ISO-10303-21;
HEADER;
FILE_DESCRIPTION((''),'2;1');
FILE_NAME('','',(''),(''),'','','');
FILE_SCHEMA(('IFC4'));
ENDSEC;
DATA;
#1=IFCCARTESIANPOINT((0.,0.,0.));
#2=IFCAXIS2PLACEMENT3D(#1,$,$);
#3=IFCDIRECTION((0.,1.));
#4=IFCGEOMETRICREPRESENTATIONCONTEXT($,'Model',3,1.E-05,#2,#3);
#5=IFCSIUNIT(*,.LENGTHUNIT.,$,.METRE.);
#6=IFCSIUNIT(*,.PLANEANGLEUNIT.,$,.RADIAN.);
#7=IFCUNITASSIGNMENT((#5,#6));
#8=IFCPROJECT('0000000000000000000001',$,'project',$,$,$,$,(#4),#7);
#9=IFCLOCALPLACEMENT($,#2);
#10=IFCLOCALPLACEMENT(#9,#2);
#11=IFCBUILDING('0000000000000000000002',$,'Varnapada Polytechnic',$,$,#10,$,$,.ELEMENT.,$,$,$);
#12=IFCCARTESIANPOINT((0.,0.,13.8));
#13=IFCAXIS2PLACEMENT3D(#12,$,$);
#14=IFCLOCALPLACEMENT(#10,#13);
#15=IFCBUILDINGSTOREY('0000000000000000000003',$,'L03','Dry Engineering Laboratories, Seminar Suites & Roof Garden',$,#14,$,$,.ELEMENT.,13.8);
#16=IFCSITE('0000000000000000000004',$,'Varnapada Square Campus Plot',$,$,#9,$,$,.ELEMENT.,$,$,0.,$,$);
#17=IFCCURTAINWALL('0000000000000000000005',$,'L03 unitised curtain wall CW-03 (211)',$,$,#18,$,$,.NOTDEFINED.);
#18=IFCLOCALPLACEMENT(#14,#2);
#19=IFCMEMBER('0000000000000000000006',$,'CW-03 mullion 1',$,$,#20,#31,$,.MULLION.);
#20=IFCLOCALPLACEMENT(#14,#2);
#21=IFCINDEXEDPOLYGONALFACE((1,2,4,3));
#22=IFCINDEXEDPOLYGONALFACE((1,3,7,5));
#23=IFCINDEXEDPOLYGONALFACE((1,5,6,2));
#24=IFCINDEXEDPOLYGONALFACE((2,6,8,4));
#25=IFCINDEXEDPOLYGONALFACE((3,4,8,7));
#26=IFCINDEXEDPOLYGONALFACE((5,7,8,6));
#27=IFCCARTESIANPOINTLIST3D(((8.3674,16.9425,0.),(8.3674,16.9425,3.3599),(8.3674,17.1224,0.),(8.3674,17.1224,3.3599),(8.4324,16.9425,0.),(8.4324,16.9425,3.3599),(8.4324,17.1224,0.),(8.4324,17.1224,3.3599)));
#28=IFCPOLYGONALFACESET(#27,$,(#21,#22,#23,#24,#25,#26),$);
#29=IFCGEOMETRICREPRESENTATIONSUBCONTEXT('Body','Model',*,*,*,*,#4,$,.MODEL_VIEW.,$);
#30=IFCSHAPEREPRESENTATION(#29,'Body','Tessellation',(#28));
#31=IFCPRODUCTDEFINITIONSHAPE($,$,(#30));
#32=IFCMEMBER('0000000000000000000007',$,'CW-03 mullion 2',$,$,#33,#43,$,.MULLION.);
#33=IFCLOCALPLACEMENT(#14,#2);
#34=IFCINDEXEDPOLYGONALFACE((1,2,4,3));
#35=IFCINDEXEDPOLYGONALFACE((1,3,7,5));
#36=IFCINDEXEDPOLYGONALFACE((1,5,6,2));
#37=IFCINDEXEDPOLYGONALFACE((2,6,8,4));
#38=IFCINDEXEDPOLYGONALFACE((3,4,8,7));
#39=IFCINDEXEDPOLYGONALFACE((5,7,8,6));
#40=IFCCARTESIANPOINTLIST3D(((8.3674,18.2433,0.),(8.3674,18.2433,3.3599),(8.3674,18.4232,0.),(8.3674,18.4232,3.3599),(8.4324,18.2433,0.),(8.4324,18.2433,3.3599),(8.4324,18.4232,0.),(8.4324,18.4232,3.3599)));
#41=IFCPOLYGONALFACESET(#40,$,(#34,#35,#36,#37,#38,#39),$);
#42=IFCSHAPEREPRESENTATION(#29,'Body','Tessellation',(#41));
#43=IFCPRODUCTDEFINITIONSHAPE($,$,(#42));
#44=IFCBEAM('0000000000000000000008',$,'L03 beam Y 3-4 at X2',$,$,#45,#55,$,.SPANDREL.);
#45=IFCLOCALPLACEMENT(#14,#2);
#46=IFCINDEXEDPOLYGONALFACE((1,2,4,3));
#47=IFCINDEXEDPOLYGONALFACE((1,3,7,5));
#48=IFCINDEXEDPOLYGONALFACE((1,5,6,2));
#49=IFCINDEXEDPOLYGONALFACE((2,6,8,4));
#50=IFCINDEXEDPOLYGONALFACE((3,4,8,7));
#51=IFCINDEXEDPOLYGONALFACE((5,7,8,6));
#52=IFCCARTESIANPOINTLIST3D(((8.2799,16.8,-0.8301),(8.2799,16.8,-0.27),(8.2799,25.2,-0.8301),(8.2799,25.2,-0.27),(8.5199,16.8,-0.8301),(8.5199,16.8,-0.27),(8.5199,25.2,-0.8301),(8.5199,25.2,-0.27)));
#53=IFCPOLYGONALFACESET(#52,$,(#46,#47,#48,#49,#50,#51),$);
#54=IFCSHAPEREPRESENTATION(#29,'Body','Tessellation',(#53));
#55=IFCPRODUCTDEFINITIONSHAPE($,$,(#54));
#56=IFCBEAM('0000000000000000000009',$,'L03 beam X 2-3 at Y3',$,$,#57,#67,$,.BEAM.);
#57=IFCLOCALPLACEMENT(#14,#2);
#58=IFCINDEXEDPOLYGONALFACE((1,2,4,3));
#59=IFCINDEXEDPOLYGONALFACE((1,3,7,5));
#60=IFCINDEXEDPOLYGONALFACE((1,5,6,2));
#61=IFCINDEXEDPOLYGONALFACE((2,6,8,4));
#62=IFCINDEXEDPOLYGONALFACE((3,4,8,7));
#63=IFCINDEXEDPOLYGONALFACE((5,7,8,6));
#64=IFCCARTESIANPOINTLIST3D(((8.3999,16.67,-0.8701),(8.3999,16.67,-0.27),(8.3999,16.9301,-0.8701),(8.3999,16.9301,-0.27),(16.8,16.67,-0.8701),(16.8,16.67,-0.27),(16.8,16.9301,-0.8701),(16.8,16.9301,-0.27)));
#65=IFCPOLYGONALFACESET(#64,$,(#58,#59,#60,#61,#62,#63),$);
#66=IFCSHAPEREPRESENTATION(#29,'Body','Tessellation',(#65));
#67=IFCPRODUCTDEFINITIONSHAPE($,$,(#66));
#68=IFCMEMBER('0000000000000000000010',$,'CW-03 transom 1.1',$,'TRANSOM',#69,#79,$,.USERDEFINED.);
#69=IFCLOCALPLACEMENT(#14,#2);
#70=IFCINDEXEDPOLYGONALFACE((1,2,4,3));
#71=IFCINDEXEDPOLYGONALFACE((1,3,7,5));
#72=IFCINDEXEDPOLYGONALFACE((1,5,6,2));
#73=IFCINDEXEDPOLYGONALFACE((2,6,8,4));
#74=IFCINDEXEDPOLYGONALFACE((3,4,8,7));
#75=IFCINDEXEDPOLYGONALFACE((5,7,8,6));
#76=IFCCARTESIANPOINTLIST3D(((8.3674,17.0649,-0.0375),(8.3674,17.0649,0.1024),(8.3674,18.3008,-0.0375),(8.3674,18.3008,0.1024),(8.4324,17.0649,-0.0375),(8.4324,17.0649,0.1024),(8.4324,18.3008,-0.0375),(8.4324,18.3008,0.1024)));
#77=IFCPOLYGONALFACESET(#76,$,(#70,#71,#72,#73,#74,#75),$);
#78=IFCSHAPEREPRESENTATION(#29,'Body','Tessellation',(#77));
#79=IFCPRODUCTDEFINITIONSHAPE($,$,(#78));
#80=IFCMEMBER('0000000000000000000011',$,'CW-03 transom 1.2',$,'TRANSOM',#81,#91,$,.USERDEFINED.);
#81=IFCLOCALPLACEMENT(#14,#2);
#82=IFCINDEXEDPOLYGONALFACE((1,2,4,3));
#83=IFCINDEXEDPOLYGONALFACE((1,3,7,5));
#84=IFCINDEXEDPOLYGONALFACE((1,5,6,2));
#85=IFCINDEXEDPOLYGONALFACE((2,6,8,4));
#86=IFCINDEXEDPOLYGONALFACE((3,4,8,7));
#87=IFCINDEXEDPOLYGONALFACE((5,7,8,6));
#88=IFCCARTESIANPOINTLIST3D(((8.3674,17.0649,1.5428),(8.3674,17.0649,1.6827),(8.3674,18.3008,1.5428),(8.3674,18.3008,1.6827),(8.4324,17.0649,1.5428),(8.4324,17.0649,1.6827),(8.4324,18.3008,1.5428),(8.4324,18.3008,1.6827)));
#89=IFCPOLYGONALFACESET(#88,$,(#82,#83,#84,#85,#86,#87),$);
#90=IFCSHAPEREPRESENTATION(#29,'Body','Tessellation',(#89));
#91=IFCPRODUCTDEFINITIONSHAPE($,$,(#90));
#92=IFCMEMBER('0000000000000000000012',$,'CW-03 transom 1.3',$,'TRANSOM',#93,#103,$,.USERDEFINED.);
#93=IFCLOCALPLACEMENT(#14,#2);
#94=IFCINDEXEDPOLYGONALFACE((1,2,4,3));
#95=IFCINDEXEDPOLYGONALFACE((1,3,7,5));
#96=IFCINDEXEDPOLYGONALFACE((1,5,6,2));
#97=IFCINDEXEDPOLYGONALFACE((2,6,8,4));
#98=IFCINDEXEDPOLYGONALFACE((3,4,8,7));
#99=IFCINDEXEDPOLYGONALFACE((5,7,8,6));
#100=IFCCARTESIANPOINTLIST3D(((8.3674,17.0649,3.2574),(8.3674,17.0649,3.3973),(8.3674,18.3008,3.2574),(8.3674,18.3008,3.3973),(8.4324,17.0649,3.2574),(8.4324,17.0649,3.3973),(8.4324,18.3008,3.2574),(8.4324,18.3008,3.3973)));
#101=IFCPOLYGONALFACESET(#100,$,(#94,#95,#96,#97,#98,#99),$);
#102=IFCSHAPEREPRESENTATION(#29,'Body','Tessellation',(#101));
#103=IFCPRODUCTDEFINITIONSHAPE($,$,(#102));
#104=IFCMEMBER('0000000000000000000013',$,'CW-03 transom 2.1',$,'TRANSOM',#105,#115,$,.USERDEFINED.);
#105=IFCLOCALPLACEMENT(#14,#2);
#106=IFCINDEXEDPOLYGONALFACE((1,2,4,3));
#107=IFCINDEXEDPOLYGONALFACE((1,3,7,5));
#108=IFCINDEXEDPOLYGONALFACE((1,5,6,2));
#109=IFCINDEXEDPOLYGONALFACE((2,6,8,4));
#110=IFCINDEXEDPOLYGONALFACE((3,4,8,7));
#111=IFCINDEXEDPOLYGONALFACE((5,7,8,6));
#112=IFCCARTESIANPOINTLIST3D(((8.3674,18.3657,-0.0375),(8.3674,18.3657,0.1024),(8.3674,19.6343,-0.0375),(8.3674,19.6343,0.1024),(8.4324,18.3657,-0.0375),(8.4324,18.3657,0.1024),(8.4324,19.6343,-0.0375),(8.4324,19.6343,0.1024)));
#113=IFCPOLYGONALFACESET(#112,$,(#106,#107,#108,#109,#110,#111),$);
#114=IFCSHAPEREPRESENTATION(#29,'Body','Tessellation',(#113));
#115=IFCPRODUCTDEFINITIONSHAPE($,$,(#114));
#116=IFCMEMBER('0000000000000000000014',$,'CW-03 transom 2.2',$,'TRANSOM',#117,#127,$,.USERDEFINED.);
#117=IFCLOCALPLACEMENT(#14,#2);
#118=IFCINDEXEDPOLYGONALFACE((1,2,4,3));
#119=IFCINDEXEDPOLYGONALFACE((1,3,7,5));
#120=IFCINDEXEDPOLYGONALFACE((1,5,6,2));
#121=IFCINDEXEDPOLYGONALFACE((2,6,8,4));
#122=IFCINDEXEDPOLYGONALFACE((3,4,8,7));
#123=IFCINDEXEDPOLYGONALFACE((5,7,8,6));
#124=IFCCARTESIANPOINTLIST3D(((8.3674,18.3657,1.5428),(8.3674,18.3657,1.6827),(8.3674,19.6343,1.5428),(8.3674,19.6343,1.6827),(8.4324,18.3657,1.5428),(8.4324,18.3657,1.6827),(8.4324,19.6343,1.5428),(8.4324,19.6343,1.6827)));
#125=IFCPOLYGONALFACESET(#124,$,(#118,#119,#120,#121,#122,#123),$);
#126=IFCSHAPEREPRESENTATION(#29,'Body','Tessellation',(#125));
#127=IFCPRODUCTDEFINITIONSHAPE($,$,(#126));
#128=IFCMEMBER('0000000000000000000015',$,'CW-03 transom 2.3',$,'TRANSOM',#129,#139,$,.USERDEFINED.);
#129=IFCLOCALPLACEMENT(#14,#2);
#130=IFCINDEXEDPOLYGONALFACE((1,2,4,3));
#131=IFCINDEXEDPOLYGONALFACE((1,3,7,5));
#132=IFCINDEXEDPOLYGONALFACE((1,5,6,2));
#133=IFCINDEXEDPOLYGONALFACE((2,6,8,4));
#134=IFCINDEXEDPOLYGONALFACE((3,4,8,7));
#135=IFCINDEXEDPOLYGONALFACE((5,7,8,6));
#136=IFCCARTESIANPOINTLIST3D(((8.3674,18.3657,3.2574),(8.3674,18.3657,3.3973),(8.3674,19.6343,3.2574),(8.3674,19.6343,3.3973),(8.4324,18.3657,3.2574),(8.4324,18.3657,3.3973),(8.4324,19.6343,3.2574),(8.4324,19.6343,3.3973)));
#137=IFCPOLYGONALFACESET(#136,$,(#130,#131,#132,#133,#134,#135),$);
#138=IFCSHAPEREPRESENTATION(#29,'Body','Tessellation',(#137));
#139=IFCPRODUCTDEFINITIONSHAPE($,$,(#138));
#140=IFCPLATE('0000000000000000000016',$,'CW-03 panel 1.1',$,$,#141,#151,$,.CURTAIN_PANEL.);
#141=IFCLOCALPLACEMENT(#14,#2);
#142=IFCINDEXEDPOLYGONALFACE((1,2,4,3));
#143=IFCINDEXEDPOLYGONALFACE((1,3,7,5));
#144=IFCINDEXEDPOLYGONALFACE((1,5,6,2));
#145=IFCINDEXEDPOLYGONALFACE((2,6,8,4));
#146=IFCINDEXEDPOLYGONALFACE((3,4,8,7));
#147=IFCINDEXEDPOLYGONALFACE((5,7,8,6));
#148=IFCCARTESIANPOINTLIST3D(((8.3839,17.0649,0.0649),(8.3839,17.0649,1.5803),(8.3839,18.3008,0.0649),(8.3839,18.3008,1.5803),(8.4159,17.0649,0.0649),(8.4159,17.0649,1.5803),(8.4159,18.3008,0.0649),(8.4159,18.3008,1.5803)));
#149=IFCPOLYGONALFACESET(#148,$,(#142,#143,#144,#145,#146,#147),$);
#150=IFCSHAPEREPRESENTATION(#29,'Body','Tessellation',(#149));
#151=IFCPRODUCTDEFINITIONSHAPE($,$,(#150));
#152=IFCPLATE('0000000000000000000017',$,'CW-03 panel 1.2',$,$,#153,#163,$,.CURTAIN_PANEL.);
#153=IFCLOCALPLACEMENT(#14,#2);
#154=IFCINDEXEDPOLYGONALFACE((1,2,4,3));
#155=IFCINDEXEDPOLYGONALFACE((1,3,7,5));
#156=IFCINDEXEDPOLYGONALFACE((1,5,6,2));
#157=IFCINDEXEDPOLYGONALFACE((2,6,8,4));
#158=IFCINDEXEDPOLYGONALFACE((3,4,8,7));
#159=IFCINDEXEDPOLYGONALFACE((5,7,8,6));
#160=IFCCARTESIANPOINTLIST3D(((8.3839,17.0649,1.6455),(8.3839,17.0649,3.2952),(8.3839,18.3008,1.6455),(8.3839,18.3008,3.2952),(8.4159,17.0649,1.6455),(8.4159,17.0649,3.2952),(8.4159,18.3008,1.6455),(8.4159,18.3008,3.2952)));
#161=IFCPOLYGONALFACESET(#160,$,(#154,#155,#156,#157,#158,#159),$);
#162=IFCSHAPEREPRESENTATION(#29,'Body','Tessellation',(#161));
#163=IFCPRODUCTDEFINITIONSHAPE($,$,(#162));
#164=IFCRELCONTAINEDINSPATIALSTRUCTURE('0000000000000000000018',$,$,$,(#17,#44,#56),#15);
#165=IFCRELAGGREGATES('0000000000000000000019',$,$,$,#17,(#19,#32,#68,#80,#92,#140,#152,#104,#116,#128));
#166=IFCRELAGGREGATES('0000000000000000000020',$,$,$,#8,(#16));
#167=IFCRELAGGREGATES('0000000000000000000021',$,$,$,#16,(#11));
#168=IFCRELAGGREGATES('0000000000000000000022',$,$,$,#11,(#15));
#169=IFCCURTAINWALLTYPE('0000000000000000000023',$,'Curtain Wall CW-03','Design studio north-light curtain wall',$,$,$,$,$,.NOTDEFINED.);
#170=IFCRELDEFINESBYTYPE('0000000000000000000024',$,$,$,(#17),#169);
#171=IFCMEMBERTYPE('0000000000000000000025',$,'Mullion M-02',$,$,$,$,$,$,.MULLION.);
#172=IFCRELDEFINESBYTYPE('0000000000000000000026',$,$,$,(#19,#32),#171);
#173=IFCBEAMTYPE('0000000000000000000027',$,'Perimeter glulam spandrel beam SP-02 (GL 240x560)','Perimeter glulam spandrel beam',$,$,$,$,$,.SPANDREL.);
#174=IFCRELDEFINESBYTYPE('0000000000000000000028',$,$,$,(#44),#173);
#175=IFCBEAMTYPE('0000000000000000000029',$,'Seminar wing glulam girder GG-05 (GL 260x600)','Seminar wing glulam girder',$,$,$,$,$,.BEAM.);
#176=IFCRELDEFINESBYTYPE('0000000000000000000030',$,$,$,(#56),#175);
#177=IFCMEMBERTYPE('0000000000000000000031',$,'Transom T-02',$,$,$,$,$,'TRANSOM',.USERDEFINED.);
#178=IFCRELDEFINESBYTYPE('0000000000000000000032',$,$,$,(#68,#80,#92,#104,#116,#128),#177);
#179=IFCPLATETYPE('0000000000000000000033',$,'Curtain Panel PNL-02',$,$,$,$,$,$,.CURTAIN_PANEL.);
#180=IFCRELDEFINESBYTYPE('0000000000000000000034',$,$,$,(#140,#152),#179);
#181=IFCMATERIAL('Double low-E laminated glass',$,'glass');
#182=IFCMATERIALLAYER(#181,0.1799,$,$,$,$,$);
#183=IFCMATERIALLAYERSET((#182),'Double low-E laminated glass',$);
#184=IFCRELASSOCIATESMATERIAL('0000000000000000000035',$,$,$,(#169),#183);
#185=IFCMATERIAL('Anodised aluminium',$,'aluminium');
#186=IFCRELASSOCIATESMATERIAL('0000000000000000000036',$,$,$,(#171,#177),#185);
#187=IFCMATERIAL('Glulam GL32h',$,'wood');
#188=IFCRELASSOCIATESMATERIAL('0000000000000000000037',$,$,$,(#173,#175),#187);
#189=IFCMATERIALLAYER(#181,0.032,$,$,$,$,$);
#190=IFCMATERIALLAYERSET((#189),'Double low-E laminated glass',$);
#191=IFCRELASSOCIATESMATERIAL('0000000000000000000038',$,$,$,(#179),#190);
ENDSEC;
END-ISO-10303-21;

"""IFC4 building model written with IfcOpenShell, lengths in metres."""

from ifc_helpers import new_model, si_unit, direction, frame, origin, origin_2d, place, context, subcontext, project, spatial, rectangle, extrude, material, layer, layer_set, material_profile, profile_set, type_object, element, aggregate, save


model = new_model("IFC4")

# Units and contexts
model_context = context("Model", 3, precision=1e-05, world=origin(), true_north=direction((0.0, 1.0)))
body_context = subcontext(model_context, "Body", "Model", "MODEL_VIEW")
ifc_project = project(units=[si_unit("LENGTHUNIT", "METRE"), si_unit("PLANEANGLEUNIT", "RADIAN")], contexts=[model_context])

# Site, building, storey
site_placement = place(None, origin())
site = spatial("IfcSite", under=ifc_project, at=site_placement, Name="Varnapada Square Campus Plot", CompositionType="ELEMENT", RefElevation=0.0)
building_placement = place(site_placement, origin())
building = spatial("IfcBuilding", under=site, at=building_placement, Name="Varnapada Polytechnic", CompositionType="ELEMENT")
storey_placement = place(building_placement, frame((0.0, 0.0, 13.8)))
storey = spatial("IfcBuildingStorey", under=building, at=storey_placement, Name="L03", Description="Dry Engineering Laboratories, Seminar Suites & Roof Garden", CompositionType="ELEMENT", Elevation=13.8)

# Curtain wall, members
ifc_material_1 = material(Name="Double low-E laminated glass", Category="glass")
ifc_layer_1 = layer(ifc_material_1, 0.1799)
ifc_layer_set_1 = layer_set([ifc_layer_1], Name="Double low-E laminated glass")
curtain_wall_type = type_object("IfcCurtainWallType", Name="Curtain Wall CW-03", Description="Design studio north-light curtain wall", PredefinedType="NOTDEFINED", material=ifc_layer_set_1)
curtain_wall_placement = place(storey_placement, origin())
curtain_wall = element("IfcCurtainWall", 1, at=curtain_wall_placement, inside=storey, type_object=curtain_wall_type, Name="L03 unitised curtain wall CW-03 (211)", PredefinedType="NOTDEFINED")
ifc_material_2 = material(Name="Anodised aluminium", Category="aluminium")
ifc_material_profile_1 = material_profile(ifc_material_2, rectangle(XDim=0.0649, YDim=0.1799, at=origin_2d()), Name="ALU M65x180")
ifc_profile_set_1 = profile_set([ifc_material_profile_1], Name="Anodised aluminium")
member_type_1 = type_object("IfcMemberType", Name="Mullion M-02", PredefinedType="MULLION", material=ifc_profile_set_1)
member_1_placement = place(storey_placement, frame((8.3999, 17.0325, 0.0), z_axis=(0.0, 0.0, 1.0), x_axis=(-1.0, 0.0, 0.0)))
member_1 = element("IfcMember", 2, at=member_1_placement, type_object=member_type_1, Name="CW-03 mullion 1", PredefinedType="MULLION", context=body_context, shape_type="SweptSolid", body=[
    extrude(rectangle(XDim=0.0649, YDim=0.1799, at=origin_2d()), origin(), (0.0, 0.0, 1.0), 3.3599),
])
member_2_placement = place(storey_placement, frame((8.3999, 18.3333, 0.0), z_axis=(0.0, 0.0, 1.0), x_axis=(-1.0, 0.0, 0.0)))
member_2 = element("IfcMember", 3, at=member_2_placement, type_object=member_type_1, Name="CW-03 mullion 2", PredefinedType="MULLION", context=body_context, shape_type="SweptSolid", body=[
    extrude(rectangle(XDim=0.0649, YDim=0.1799, at=origin_2d()), origin(), (0.0, 0.0, 1.0), 3.3599),
])

# Beams
ifc_material_3 = material(Name="Glulam GL32h", Category="wood")
ifc_material_profile_2 = material_profile(ifc_material_3, rectangle(XDim=0.24, YDim=0.5601, at=origin_2d()), Name="GL 240x560")
ifc_profile_set_2 = profile_set([ifc_material_profile_2], Name="Glulam GL32h")
beam_type_1 = type_object("IfcBeamType", Name="Perimeter glulam spandrel beam SP-02 (GL 240x560)", Description="Perimeter glulam spandrel beam", PredefinedType="SPANDREL", material=ifc_profile_set_2)
beam_1_placement = place(storey_placement, frame((8.3999, 16.8, -0.55), z_axis=(0.0, 1.0, 0.0), x_axis=(-1.0, 0.0, 0.0)))
element("IfcBeam", 4, at=beam_1_placement, inside=storey, type_object=beam_type_1, Name="L03 beam Y 3-4 at X2", PredefinedType="SPANDREL", context=body_context, shape_type="SweptSolid", body=[
    extrude(rectangle(XDim=0.24, YDim=0.5601, at=origin_2d()), origin(), (0.0, 0.0, 1.0), 8.3999),
])
ifc_material_profile_3 = material_profile(ifc_material_3, rectangle(XDim=0.26, YDim=0.6001, at=origin_2d()), Name="GL 260x600")
ifc_profile_set_3 = profile_set([ifc_material_profile_3], Name="Glulam GL32h")
beam_type_2 = type_object("IfcBeamType", Name="Seminar wing glulam girder GG-05 (GL 260x600)", Description="Seminar wing glulam girder", PredefinedType="BEAM", material=ifc_profile_set_3)
beam_2_placement = place(storey_placement, frame((8.3999, 16.8, -0.5701), z_axis=(1.0, 0.0, 0.0), x_axis=(0.0, 1.0, 0.0)))
element("IfcBeam", 5, at=beam_2_placement, inside=storey, type_object=beam_type_2, Name="L03 beam X 2-3 at Y3", PredefinedType="BEAM", context=body_context, shape_type="SweptSolid", body=[
    extrude(rectangle(XDim=0.26, YDim=0.6001, at=origin_2d()), origin(), (0.0, 0.0, 1.0), 8.4001),
])

# Members
ifc_material_profile_4 = material_profile(ifc_material_2, rectangle(XDim=0.0649, YDim=0.1399, at=origin_2d()), Name="ALU T65x140")
ifc_profile_set_4 = profile_set([ifc_material_profile_4], Name="Anodised aluminium")
member_type_2 = type_object("IfcMemberType", Name="Transom T-02", ElementType="TRANSOM", PredefinedType="USERDEFINED", material=ifc_profile_set_4)
member_3_placement = place(storey_placement, frame((8.3999, 17.0649, 0.0325), z_axis=(0.0, 1.0, 0.0), x_axis=(-1.0, 0.0, 0.0)))
member_3 = element("IfcMember", 6, at=member_3_placement, type_object=member_type_2, Name="CW-03 transom 1.1", ObjectType="TRANSOM", PredefinedType="USERDEFINED", context=body_context, shape_type="SweptSolid", body=[
    extrude(rectangle(XDim=0.0649, YDim=0.1399, at=origin_2d()), origin(), (0.0, 0.0, 1.0), 1.2358),
])
member_4_placement = place(storey_placement, frame((8.3999, 17.0649, 1.6128), z_axis=(0.0, 1.0, 0.0), x_axis=(-1.0, 0.0, 0.0)))
member_4 = element("IfcMember", 7, at=member_4_placement, type_object=member_type_2, Name="CW-03 transom 1.2", ObjectType="TRANSOM", PredefinedType="USERDEFINED", context=body_context, shape_type="SweptSolid", body=[
    extrude(rectangle(XDim=0.0649, YDim=0.1399, at=origin_2d()), origin(), (0.0, 0.0, 1.0), 1.2358),
])
member_5_placement = place(storey_placement, frame((8.3999, 17.0649, 3.3274), z_axis=(0.0, 1.0, 0.0), x_axis=(-1.0, 0.0, 0.0)))
member_5 = element("IfcMember", 8, at=member_5_placement, type_object=member_type_2, Name="CW-03 transom 1.3", ObjectType="TRANSOM", PredefinedType="USERDEFINED", context=body_context, shape_type="SweptSolid", body=[
    extrude(rectangle(XDim=0.0649, YDim=0.1399, at=origin_2d()), origin(), (0.0, 0.0, 1.0), 1.2358),
])
member_6_placement = place(storey_placement, frame((8.3999, 18.3657, 0.0325), z_axis=(0.0, 1.0, 0.0), x_axis=(-1.0, 0.0, 0.0)))
member_6 = element("IfcMember", 9, at=member_6_placement, type_object=member_type_2, Name="CW-03 transom 2.1", ObjectType="TRANSOM", PredefinedType="USERDEFINED", context=body_context, shape_type="SweptSolid", body=[
    extrude(rectangle(XDim=0.0649, YDim=0.1399, at=origin_2d()), origin(), (0.0, 0.0, 1.0), 1.2686),
])
member_7_placement = place(storey_placement, frame((8.3999, 18.3657, 1.6128), z_axis=(0.0, 1.0, 0.0), x_axis=(-1.0, 0.0, 0.0)))
member_7 = element("IfcMember", 10, at=member_7_placement, type_object=member_type_2, Name="CW-03 transom 2.2", ObjectType="TRANSOM", PredefinedType="USERDEFINED", context=body_context, shape_type="SweptSolid", body=[
    extrude(rectangle(XDim=0.0649, YDim=0.1399, at=origin_2d()), origin(), (0.0, 0.0, 1.0), 1.2686),
])
member_8_placement = place(storey_placement, frame((8.3999, 18.3657, 3.3274), z_axis=(0.0, 1.0, 0.0), x_axis=(-1.0, 0.0, 0.0)))
member_8 = element("IfcMember", 11, at=member_8_placement, type_object=member_type_2, Name="CW-03 transom 2.3", ObjectType="TRANSOM", PredefinedType="USERDEFINED", context=body_context, shape_type="SweptSolid", body=[
    extrude(rectangle(XDim=0.0649, YDim=0.1399, at=origin_2d()), origin(), (0.0, 0.0, 1.0), 1.2686),
])

# Plates
ifc_layer_2 = layer(ifc_material_1, 0.032)
ifc_layer_set_2 = layer_set([ifc_layer_2], Name="Double low-E laminated glass")
plate_type = type_object("IfcPlateType", Name="Curtain Panel PNL-02", PredefinedType="CURTAIN_PANEL", material=ifc_layer_set_2)
plate_1_placement = place(storey_placement, frame((8.3999, 17.6829, 0.0649), z_axis=(0.0, 0.0, 1.0), x_axis=(0.0, 1.0, 0.0)))
plate_1 = element("IfcPlate", 12, at=plate_1_placement, type_object=plate_type, Name="CW-03 panel 1.1", PredefinedType="CURTAIN_PANEL", context=body_context, shape_type="SweptSolid", body=[
    extrude(rectangle(XDim=1.2358, YDim=0.032, at=origin_2d()), origin(), (0.0, 0.0, 1.0), 1.5154),
])
plate_2_placement = place(storey_placement, frame((8.3999, 17.6829, 1.6455), z_axis=(0.0, 0.0, 1.0), x_axis=(0.0, 1.0, 0.0)))
plate_2 = element("IfcPlate", 13, at=plate_2_placement, type_object=plate_type, Name="CW-03 panel 1.2", PredefinedType="CURTAIN_PANEL", context=body_context, shape_type="SweptSolid", body=[
    extrude(rectangle(XDim=1.2358, YDim=0.032, at=origin_2d()), origin(), (0.0, 0.0, 1.0), 1.6497),
])
aggregate(curtain_wall, [member_1, member_2, member_3, member_4, member_5, plate_1, plate_2, member_6, member_7, member_8])

save(model, "model.ifc")
